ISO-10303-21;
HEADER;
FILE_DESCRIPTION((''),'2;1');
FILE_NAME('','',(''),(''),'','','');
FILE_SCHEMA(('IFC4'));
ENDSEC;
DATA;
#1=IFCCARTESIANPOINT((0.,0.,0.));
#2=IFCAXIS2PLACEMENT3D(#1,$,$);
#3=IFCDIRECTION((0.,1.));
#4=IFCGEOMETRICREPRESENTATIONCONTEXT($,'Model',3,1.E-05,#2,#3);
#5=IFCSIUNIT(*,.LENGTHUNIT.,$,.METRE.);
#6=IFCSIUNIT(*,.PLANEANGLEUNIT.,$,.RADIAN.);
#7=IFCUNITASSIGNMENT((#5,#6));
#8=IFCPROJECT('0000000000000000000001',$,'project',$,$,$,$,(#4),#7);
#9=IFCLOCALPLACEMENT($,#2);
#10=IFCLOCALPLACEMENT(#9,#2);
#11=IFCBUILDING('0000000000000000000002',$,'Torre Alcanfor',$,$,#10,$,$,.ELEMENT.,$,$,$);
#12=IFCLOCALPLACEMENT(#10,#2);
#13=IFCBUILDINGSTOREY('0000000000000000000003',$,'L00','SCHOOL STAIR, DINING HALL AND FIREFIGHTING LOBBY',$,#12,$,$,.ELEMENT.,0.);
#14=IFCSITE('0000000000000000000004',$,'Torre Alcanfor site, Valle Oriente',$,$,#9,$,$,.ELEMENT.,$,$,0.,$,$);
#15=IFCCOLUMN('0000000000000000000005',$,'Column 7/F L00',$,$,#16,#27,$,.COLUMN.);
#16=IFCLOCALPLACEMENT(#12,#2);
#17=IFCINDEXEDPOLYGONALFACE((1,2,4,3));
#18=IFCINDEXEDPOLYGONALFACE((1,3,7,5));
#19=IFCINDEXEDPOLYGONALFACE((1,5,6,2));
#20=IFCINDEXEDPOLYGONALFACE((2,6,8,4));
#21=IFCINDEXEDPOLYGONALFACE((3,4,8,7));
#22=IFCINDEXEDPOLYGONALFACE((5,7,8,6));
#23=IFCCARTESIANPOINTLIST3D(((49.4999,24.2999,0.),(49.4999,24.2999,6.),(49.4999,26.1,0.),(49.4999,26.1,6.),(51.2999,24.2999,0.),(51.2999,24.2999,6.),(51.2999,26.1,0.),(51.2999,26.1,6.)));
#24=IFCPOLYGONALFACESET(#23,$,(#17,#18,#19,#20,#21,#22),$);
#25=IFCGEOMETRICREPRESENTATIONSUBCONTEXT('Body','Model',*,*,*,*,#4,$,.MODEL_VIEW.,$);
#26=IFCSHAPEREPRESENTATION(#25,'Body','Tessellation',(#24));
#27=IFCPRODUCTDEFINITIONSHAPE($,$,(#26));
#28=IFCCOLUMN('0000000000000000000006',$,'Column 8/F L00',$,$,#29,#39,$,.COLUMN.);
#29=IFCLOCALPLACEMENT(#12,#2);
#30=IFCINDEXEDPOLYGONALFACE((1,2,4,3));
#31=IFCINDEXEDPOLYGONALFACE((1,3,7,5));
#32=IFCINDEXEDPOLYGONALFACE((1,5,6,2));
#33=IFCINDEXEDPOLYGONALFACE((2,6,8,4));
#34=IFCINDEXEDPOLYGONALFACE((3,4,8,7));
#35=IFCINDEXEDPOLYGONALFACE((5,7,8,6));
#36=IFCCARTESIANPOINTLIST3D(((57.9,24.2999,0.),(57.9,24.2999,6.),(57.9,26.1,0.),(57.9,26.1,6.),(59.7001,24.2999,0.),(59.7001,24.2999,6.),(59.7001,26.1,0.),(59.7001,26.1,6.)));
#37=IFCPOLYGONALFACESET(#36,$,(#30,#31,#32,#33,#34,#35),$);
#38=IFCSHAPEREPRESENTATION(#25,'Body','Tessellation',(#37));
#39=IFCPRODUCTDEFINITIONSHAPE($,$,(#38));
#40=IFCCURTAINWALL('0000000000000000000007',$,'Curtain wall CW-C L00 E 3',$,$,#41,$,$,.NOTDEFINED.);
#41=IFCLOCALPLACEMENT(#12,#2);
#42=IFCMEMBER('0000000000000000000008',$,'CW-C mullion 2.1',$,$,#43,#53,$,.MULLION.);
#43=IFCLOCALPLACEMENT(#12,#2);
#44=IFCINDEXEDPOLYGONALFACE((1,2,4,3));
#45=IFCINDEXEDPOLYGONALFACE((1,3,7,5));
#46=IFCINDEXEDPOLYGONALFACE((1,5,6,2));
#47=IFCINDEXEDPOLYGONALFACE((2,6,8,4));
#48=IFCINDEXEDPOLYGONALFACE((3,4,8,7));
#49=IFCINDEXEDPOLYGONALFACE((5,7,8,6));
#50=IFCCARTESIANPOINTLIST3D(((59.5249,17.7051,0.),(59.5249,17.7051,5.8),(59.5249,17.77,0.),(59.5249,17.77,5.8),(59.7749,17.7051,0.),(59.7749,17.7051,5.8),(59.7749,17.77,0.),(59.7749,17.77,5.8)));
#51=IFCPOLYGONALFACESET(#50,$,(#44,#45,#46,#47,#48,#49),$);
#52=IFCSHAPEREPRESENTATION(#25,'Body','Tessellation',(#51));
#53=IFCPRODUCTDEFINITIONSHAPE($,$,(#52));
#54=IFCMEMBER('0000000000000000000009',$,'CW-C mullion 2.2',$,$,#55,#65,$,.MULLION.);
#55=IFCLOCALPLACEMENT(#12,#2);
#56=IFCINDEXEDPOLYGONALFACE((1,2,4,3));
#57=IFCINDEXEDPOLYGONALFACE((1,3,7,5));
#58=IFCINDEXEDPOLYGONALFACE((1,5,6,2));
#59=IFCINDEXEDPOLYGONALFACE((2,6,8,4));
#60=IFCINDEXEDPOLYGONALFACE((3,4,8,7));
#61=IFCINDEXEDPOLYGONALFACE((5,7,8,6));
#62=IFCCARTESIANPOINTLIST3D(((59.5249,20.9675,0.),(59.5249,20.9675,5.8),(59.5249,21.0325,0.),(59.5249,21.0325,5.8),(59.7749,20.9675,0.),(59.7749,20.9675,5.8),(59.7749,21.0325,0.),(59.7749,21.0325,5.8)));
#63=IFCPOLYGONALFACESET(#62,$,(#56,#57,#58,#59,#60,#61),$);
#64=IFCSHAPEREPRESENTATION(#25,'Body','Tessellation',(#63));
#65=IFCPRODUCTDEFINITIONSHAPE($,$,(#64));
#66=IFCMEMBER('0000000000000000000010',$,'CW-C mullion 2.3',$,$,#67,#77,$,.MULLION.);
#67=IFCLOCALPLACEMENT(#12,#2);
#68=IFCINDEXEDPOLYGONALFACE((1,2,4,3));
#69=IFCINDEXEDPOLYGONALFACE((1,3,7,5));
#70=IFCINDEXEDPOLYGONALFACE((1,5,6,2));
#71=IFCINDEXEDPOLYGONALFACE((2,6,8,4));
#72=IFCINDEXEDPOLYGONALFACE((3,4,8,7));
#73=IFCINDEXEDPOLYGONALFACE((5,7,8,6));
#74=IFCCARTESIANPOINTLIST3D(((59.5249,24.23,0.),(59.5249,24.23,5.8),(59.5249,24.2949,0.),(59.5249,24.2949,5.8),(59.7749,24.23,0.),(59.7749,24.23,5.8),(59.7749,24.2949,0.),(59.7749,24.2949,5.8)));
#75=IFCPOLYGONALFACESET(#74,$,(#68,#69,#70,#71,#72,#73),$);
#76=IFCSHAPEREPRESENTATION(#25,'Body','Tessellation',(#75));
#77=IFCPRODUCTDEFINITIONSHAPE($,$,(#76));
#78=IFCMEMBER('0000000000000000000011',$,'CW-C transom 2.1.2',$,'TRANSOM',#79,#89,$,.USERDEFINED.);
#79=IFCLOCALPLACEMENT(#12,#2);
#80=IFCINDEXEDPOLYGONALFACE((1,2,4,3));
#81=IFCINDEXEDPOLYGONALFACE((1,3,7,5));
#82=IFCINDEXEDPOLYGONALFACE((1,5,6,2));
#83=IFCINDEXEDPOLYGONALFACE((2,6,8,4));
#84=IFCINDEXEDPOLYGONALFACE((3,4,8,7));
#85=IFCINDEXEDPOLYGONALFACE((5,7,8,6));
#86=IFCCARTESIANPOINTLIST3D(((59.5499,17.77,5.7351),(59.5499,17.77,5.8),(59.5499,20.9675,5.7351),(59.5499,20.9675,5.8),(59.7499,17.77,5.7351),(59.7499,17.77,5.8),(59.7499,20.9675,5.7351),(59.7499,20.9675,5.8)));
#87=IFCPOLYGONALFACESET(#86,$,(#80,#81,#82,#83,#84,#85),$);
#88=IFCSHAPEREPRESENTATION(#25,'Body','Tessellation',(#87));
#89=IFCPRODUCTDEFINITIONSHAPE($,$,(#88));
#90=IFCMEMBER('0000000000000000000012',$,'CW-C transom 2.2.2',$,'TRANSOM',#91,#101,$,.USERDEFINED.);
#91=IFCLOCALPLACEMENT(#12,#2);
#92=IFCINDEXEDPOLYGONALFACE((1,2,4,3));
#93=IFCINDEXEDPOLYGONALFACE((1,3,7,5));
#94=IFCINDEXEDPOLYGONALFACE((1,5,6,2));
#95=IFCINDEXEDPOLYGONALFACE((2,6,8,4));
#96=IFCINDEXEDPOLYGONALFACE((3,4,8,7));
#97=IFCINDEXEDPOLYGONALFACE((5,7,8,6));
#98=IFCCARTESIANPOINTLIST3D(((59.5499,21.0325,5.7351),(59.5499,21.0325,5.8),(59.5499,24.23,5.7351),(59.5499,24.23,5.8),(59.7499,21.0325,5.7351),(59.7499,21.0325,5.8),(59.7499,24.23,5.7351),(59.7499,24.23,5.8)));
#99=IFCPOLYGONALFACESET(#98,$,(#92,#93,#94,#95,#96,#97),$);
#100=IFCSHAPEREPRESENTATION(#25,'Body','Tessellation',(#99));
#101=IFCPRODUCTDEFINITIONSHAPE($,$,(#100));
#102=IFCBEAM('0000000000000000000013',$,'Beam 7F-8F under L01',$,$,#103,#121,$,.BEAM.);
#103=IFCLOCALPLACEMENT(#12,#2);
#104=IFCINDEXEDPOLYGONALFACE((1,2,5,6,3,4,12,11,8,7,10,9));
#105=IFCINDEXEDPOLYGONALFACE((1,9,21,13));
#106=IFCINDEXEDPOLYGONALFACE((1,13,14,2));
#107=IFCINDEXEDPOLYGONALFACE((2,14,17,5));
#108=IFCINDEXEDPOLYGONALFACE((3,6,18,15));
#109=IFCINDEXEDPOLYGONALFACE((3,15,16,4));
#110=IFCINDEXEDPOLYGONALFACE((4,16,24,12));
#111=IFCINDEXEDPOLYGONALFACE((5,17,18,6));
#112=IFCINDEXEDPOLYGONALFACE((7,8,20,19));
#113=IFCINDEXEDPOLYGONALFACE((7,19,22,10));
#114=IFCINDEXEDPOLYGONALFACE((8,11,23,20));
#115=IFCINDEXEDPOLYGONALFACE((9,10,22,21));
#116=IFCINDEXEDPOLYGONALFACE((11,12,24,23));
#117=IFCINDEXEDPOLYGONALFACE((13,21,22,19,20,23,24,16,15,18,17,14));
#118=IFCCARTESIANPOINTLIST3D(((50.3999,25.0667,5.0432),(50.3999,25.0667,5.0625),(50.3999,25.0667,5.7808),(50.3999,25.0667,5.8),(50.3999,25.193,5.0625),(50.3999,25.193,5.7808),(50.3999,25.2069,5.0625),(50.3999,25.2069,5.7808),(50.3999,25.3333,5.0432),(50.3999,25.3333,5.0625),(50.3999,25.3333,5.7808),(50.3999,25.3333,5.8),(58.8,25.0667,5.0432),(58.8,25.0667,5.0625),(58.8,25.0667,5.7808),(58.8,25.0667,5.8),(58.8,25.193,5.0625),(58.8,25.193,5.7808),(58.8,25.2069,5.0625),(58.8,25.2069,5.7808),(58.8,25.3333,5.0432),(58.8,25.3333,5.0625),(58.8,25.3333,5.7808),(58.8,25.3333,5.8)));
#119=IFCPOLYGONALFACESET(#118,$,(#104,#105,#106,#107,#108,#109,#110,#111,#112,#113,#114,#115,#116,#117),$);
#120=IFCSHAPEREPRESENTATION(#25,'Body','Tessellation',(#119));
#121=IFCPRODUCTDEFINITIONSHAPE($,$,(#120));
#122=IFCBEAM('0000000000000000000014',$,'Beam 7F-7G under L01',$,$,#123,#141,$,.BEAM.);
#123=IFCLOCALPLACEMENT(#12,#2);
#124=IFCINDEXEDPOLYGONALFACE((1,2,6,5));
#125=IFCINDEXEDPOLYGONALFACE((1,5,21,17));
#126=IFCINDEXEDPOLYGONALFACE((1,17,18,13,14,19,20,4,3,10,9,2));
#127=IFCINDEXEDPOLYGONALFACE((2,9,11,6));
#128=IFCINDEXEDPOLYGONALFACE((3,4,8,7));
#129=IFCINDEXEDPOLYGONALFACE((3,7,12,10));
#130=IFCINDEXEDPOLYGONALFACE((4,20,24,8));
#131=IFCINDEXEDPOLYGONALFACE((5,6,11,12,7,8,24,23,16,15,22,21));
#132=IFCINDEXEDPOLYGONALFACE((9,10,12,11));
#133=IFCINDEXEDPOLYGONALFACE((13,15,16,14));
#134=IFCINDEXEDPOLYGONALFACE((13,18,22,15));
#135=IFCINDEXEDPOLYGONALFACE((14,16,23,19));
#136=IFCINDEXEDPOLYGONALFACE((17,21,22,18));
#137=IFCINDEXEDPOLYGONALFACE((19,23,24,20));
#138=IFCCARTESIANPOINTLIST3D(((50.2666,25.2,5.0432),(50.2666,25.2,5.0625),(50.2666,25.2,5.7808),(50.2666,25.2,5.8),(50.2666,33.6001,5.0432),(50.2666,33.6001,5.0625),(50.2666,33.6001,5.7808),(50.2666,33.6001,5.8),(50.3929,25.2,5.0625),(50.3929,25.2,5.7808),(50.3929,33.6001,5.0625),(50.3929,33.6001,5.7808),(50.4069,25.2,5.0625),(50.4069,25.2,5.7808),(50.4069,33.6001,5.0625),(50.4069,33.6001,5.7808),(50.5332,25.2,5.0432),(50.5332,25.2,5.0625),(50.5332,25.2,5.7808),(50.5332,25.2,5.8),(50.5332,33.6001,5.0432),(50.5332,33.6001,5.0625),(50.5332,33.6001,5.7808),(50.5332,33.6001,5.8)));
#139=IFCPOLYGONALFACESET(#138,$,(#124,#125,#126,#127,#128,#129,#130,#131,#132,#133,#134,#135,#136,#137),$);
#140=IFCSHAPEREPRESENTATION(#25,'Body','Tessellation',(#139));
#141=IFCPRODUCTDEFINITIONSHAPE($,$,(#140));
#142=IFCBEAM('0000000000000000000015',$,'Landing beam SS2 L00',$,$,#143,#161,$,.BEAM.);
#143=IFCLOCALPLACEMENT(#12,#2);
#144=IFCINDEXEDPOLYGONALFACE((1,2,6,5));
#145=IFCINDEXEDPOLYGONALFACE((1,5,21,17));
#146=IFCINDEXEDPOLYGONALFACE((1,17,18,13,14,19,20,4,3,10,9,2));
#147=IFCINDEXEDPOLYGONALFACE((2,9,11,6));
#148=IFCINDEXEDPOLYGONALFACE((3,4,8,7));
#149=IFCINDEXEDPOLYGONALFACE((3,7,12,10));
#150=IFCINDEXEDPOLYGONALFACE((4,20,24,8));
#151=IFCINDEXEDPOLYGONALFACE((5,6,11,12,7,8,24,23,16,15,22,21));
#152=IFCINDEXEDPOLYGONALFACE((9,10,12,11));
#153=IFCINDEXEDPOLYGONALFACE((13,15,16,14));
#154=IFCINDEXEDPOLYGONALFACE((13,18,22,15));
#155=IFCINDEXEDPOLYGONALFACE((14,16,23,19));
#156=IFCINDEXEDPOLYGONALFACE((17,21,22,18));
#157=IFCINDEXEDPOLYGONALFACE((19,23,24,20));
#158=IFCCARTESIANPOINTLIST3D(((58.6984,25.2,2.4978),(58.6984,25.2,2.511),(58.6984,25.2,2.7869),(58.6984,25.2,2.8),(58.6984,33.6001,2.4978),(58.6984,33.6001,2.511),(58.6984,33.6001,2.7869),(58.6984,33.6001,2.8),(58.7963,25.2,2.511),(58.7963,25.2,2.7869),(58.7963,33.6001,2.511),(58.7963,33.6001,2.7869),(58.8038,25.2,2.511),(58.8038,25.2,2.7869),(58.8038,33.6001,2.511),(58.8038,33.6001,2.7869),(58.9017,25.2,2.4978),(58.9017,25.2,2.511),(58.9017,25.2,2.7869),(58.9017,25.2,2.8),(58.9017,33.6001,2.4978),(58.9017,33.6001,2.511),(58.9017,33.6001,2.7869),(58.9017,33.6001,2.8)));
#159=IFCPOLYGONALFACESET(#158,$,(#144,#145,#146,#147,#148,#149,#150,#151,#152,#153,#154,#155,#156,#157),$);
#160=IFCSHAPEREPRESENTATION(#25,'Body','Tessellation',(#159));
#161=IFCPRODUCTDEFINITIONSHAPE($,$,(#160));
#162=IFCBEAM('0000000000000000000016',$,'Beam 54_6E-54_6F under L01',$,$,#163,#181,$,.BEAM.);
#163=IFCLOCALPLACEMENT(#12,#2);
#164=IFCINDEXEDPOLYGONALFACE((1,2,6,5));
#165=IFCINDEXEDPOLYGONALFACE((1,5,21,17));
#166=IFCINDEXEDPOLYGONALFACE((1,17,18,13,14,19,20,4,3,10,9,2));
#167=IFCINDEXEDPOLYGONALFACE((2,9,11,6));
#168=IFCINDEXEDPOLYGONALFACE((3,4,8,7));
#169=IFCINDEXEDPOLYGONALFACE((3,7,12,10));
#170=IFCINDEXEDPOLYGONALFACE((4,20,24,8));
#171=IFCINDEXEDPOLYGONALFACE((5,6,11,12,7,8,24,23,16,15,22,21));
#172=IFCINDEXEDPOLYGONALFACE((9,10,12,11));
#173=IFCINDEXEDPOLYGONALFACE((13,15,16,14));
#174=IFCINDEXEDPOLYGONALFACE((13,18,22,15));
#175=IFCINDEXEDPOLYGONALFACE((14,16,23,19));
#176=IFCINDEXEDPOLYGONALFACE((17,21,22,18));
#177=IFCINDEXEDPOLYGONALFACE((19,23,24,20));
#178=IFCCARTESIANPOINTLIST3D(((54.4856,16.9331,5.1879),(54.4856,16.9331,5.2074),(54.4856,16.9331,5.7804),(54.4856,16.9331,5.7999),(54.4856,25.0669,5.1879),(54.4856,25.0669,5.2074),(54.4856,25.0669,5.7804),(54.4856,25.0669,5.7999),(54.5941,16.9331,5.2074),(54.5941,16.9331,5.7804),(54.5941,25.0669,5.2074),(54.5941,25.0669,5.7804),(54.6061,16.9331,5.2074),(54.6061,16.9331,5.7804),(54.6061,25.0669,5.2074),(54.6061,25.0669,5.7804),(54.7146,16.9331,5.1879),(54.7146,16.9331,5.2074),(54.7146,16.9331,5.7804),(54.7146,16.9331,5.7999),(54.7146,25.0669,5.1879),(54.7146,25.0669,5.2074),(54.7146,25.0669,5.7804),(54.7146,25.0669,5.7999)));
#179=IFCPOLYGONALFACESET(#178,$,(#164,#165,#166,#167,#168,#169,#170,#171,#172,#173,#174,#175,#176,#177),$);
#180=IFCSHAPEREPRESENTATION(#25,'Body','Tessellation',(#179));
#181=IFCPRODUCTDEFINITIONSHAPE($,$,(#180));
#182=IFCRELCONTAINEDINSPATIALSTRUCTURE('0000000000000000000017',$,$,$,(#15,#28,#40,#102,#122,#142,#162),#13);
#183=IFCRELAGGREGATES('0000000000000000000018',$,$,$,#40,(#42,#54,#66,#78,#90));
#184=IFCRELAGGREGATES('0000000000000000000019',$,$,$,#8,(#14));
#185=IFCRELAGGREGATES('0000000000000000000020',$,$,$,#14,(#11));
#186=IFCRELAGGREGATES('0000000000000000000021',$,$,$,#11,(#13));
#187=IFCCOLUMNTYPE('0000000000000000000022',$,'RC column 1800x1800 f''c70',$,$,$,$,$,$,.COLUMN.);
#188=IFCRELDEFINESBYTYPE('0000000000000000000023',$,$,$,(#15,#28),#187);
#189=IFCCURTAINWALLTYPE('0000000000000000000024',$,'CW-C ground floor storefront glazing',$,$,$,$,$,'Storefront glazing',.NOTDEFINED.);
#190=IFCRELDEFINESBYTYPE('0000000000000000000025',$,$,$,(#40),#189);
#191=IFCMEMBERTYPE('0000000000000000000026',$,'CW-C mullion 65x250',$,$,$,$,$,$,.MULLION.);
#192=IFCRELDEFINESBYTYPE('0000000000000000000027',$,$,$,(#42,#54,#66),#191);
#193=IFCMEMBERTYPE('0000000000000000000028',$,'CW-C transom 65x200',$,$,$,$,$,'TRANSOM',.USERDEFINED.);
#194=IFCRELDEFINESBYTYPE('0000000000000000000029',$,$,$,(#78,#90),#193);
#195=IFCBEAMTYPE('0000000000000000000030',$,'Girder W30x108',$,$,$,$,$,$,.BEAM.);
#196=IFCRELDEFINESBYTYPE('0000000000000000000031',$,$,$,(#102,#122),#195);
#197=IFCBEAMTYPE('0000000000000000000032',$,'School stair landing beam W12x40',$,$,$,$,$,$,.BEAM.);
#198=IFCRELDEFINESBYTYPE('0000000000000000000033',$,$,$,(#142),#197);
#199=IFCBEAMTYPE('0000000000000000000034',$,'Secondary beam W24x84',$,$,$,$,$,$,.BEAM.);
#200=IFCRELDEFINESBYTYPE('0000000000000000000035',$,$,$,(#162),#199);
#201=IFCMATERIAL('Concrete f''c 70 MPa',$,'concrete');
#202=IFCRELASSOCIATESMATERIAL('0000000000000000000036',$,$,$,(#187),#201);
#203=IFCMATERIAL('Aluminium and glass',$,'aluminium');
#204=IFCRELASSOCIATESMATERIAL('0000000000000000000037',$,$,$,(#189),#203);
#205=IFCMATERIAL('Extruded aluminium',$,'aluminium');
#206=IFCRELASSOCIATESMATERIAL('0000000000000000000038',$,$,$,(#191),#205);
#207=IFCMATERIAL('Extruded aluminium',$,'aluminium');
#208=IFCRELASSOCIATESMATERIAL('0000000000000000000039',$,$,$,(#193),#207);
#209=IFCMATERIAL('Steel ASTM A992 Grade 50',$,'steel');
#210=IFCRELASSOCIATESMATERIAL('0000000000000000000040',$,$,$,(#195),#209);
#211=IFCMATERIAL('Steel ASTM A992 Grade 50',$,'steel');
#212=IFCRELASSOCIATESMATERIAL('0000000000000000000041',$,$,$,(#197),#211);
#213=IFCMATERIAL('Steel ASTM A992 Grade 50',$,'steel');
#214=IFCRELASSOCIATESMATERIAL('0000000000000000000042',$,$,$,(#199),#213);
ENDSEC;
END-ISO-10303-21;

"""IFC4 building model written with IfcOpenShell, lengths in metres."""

from ifc_helpers import new_model, si_unit, direction, frame, origin, origin_2d, place, context, subcontext, project, spatial, rectangle, i_section, extrude, material, material_profile, profile_set, type_object, element, aggregate, save


model = new_model("IFC4")

# Units and contexts
model_context = context("Model", 3, precision=1e-05, world=origin(), true_north=direction((0.0, 1.0)))
body_context = subcontext(model_context, "Body", "Model", "MODEL_VIEW")
ifc_project = project(units=[si_unit("LENGTHUNIT", "METRE"), si_unit("PLANEANGLEUNIT", "RADIAN")], contexts=[model_context])

# Site, building, storey
site_placement = place(None, origin())
site = spatial("IfcSite", under=ifc_project, at=site_placement, Name="Torre Alcanfor site, Valle Oriente", CompositionType="ELEMENT", RefElevation=0.0)
building_placement = place(site_placement, origin())
building = spatial("IfcBuilding", under=site, at=building_placement, Name="Torre Alcanfor", CompositionType="ELEMENT")
storey_placement = place(building_placement, origin())
storey = spatial("IfcBuildingStorey", under=building, at=storey_placement, Name="L00", Description="SCHOOL STAIR, DINING HALL AND FIREFIGHTING LOBBY", CompositionType="ELEMENT", Elevation=0.0)

# Columns
ifc_material_1 = material(Name="Concrete f'c 70 MPa", Category="concrete")
ifc_material_profile_1 = material_profile(ifc_material_1, rectangle(XDim=1.8, YDim=1.8, at=origin_2d()), Name="1800x1800")
ifc_profile_set_1 = profile_set([ifc_material_profile_1], Name="Concrete f'c 70 MPa")
column_type = type_object("IfcColumnType", Name="RC column 1800x1800 f'c70", PredefinedType="COLUMN", material=ifc_profile_set_1)
for number, where, z_axis, x_axis, name in (
    (1, (50.3999, 25.2, 0.0), (0.0, 0.0, 1.0), (1.0, 0.0, 0.0), "Column 7/F L00"),
    (2, (58.8, 25.2, 0.0), (0.0, 0.0, 1.0), (1.0, 0.0, 0.0), "Column 8/F L00"),
):
    element("IfcColumn", number, at=place(storey_placement, frame(where, z_axis=z_axis, x_axis=x_axis)), inside=storey, type_object=column_type, Name=name, PredefinedType="COLUMN", context=body_context, shape_type="SweptSolid", body=[
        extrude(rectangle(XDim=1.8, YDim=1.8, at=origin_2d()), origin(), (0.0, 0.0, 1.0), 6.0),
    ])

# Curtain wall, members
ifc_material_2 = material(Name="Aluminium and glass", Category="aluminium")
curtain_wall_type = type_object("IfcCurtainWallType", Name="CW-C ground floor storefront glazing", ElementType="Storefront glazing", PredefinedType="NOTDEFINED", material=ifc_material_2)
curtain_wall_placement = place(storey_placement, origin())
curtain_wall = element("IfcCurtainWall", 3, at=curtain_wall_placement, inside=storey, type_object=curtain_wall_type, Name="Curtain wall CW-C L00 E 3", PredefinedType="NOTDEFINED")
ifc_material_3 = material(Name="Extruded aluminium", Category="aluminium")
ifc_material_profile_2 = material_profile(ifc_material_3, rectangle(XDim=0.25, YDim=0.0649, at=origin_2d()), Name="CW-C mullion 65x250")
ifc_profile_set_2 = profile_set([ifc_material_profile_2], Name="Extruded aluminium")
member_type_1 = type_object("IfcMemberType", Name="CW-C mullion 65x250", PredefinedType="MULLION", material=ifc_profile_set_2)
member_1_placement = place(storey_placement, frame((59.6499, 17.7375, 0.0), z_axis=(0.0, 0.0, 1.0), x_axis=(-1.0, 0.0, 0.0)))
member_1 = element("IfcMember", 4, at=member_1_placement, type_object=member_type_1, Name="CW-C mullion 2.1", PredefinedType="MULLION", context=body_context, shape_type="SweptSolid", body=[
    extrude(rectangle(XDim=0.25, YDim=0.0649, at=origin_2d()), origin(), (0.0, 0.0, 1.0), 5.8),
])
member_2_placement = place(storey_placement, frame((59.6499, 21.0, 0.0), z_axis=(0.0, 0.0, 1.0), x_axis=(-1.0, 0.0, 0.0)))
member_2 = element("IfcMember", 5, at=member_2_placement, type_object=member_type_1, Name="CW-C mullion 2.2", PredefinedType="MULLION", context=body_context, shape_type="SweptSolid", body=[
    extrude(rectangle(XDim=0.25, YDim=0.0649, at=origin_2d()), origin(), (0.0, 0.0, 1.0), 5.8),
])
member_3_placement = place(storey_placement, frame((59.6499, 24.2625, 0.0), z_axis=(0.0, 0.0, 1.0), x_axis=(-1.0, 0.0, 0.0)))
member_3 = element("IfcMember", 6, at=member_3_placement, type_object=member_type_1, Name="CW-C mullion 2.3", PredefinedType="MULLION", context=body_context, shape_type="SweptSolid", body=[
    extrude(rectangle(XDim=0.25, YDim=0.0649, at=origin_2d()), origin(), (0.0, 0.0, 1.0), 5.8),
])
ifc_material_4 = material(Name="Extruded aluminium", Category="aluminium")
ifc_material_profile_3 = material_profile(ifc_material_4, rectangle(XDim=0.2, YDim=0.0649, at=origin_2d()), Name="CW-C transom 200x65")
ifc_profile_set_3 = profile_set([ifc_material_profile_3], Name="Extruded aluminium")
member_type_2 = type_object("IfcMemberType", Name="CW-C transom 65x200", ElementType="TRANSOM", PredefinedType="USERDEFINED", material=ifc_profile_set_3)
member_4_placement = place(storey_placement, frame((59.6499, 17.77, 5.7676), z_axis=(0.0, 1.0, 0.0), x_axis=(-1.0, 0.0, 0.0)))
member_4 = element("IfcMember", 7, at=member_4_placement, type_object=member_type_2, Name="CW-C transom 2.1.2", ObjectType="TRANSOM", PredefinedType="USERDEFINED", context=body_context, shape_type="SweptSolid", body=[
    extrude(rectangle(XDim=0.2, YDim=0.0649, at=origin_2d()), origin(), (0.0, 0.0, 1.0), 3.1975),
])
member_5_placement = place(storey_placement, frame((59.6499, 21.0325, 5.7676), z_axis=(0.0, 1.0, 0.0), x_axis=(-1.0, 0.0, 0.0)))
member_5 = element("IfcMember", 8, at=member_5_placement, type_object=member_type_2, Name="CW-C transom 2.2.2", ObjectType="TRANSOM", PredefinedType="USERDEFINED", context=body_context, shape_type="SweptSolid", body=[
    extrude(rectangle(XDim=0.2, YDim=0.0649, at=origin_2d()), origin(), (0.0, 0.0, 1.0), 3.1975),
])

# Beams
ifc_material_5 = material(Name="Steel ASTM A992 Grade 50", Category="steel")
ifc_material_profile_4 = material_profile(ifc_material_5, i_section(OverallWidth=0.2666, OverallDepth=0.7568, WebThickness=0.0139, FlangeThickness=0.0193, at=origin_2d()), Name="W30x108")
ifc_profile_set_4 = profile_set([ifc_material_profile_4], Name="Steel ASTM A992 Grade 50")
beam_type_1 = type_object("IfcBeamType", Name="Girder W30x108", PredefinedType="BEAM", material=ifc_profile_set_4)
for number, where, z_axis, x_axis, name in (
    (9, (50.3999, 25.2, 5.4216), (1.0, 0.0, 0.0), (0.0, 1.0, 0.0), "Beam 7F-8F under L01"),
    (10, (50.3999, 25.2, 5.4216), (0.0, 1.0, 0.0), (-1.0, 0.0, 0.0), "Beam 7F-7G under L01"),
):
    element("IfcBeam", number, at=place(storey_placement, frame(where, z_axis=z_axis, x_axis=x_axis)), inside=storey, type_object=beam_type_1, Name=name, PredefinedType="BEAM", context=body_context, shape_type="SweptSolid", body=[
        extrude(i_section(OverallWidth=0.2666, OverallDepth=0.7568, WebThickness=0.0139, FlangeThickness=0.0193, at=origin_2d()), origin(), (0.0, 0.0, 1.0), 8.4001),
    ])
ifc_material_6 = material(Name="Steel ASTM A992 Grade 50", Category="steel")
ifc_material_profile_5 = material_profile(ifc_material_6, i_section(OverallWidth=0.2034, OverallDepth=0.3022, WebThickness=0.0076, FlangeThickness=0.0132, at=origin_2d()), Name="W12x40")
ifc_profile_set_5 = profile_set([ifc_material_profile_5], Name="Steel ASTM A992 Grade 50")
beam_type_2 = type_object("IfcBeamType", Name="School stair landing beam W12x40", PredefinedType="BEAM", material=ifc_profile_set_5)
beam_1_placement = place(storey_placement, frame((58.8, 25.2, 2.6489), z_axis=(0.0, 1.0, 0.0), x_axis=(-1.0, 0.0, 0.0)))
element("IfcBeam", 11, at=beam_1_placement, inside=storey, type_object=beam_type_2, Name="Landing beam SS2 L00", PredefinedType="BEAM", context=body_context, shape_type="SweptSolid", body=[
    extrude(i_section(OverallWidth=0.2034, OverallDepth=0.3022, WebThickness=0.0076, FlangeThickness=0.0132, at=origin_2d()), origin(), (0.0, 0.0, 1.0), 8.4001),
])
ifc_material_7 = material(Name="Steel ASTM A992 Grade 50", Category="steel")
ifc_material_profile_6 = material_profile(ifc_material_7, i_section(OverallWidth=0.229, OverallDepth=0.6121, WebThickness=0.012, FlangeThickness=0.0195, at=origin_2d()), Name="W24x84")
ifc_profile_set_6 = profile_set([ifc_material_profile_6], Name="Steel ASTM A992 Grade 50")
beam_type_3 = type_object("IfcBeamType", Name="Secondary beam W24x84", PredefinedType="BEAM", material=ifc_profile_set_6)
beam_2_placement = place(storey_placement, frame((54.6001, 16.9331, 5.4939), z_axis=(0.0, 1.0, 0.0), x_axis=(-1.0, 0.0, 0.0)))
element("IfcBeam", 12, at=beam_2_placement, inside=storey, type_object=beam_type_3, Name="Beam 54_6E-54_6F under L01", PredefinedType="BEAM", context=body_context, shape_type="SweptSolid", body=[
    extrude(i_section(OverallWidth=0.229, OverallDepth=0.6121, WebThickness=0.012, FlangeThickness=0.0195, at=origin_2d()), origin(), (0.0, 0.0, 1.0), 8.1338),
])

aggregate(curtain_wall, [member_1, member_2, member_3, member_4, member_5])

save(model, "model.ifc")
